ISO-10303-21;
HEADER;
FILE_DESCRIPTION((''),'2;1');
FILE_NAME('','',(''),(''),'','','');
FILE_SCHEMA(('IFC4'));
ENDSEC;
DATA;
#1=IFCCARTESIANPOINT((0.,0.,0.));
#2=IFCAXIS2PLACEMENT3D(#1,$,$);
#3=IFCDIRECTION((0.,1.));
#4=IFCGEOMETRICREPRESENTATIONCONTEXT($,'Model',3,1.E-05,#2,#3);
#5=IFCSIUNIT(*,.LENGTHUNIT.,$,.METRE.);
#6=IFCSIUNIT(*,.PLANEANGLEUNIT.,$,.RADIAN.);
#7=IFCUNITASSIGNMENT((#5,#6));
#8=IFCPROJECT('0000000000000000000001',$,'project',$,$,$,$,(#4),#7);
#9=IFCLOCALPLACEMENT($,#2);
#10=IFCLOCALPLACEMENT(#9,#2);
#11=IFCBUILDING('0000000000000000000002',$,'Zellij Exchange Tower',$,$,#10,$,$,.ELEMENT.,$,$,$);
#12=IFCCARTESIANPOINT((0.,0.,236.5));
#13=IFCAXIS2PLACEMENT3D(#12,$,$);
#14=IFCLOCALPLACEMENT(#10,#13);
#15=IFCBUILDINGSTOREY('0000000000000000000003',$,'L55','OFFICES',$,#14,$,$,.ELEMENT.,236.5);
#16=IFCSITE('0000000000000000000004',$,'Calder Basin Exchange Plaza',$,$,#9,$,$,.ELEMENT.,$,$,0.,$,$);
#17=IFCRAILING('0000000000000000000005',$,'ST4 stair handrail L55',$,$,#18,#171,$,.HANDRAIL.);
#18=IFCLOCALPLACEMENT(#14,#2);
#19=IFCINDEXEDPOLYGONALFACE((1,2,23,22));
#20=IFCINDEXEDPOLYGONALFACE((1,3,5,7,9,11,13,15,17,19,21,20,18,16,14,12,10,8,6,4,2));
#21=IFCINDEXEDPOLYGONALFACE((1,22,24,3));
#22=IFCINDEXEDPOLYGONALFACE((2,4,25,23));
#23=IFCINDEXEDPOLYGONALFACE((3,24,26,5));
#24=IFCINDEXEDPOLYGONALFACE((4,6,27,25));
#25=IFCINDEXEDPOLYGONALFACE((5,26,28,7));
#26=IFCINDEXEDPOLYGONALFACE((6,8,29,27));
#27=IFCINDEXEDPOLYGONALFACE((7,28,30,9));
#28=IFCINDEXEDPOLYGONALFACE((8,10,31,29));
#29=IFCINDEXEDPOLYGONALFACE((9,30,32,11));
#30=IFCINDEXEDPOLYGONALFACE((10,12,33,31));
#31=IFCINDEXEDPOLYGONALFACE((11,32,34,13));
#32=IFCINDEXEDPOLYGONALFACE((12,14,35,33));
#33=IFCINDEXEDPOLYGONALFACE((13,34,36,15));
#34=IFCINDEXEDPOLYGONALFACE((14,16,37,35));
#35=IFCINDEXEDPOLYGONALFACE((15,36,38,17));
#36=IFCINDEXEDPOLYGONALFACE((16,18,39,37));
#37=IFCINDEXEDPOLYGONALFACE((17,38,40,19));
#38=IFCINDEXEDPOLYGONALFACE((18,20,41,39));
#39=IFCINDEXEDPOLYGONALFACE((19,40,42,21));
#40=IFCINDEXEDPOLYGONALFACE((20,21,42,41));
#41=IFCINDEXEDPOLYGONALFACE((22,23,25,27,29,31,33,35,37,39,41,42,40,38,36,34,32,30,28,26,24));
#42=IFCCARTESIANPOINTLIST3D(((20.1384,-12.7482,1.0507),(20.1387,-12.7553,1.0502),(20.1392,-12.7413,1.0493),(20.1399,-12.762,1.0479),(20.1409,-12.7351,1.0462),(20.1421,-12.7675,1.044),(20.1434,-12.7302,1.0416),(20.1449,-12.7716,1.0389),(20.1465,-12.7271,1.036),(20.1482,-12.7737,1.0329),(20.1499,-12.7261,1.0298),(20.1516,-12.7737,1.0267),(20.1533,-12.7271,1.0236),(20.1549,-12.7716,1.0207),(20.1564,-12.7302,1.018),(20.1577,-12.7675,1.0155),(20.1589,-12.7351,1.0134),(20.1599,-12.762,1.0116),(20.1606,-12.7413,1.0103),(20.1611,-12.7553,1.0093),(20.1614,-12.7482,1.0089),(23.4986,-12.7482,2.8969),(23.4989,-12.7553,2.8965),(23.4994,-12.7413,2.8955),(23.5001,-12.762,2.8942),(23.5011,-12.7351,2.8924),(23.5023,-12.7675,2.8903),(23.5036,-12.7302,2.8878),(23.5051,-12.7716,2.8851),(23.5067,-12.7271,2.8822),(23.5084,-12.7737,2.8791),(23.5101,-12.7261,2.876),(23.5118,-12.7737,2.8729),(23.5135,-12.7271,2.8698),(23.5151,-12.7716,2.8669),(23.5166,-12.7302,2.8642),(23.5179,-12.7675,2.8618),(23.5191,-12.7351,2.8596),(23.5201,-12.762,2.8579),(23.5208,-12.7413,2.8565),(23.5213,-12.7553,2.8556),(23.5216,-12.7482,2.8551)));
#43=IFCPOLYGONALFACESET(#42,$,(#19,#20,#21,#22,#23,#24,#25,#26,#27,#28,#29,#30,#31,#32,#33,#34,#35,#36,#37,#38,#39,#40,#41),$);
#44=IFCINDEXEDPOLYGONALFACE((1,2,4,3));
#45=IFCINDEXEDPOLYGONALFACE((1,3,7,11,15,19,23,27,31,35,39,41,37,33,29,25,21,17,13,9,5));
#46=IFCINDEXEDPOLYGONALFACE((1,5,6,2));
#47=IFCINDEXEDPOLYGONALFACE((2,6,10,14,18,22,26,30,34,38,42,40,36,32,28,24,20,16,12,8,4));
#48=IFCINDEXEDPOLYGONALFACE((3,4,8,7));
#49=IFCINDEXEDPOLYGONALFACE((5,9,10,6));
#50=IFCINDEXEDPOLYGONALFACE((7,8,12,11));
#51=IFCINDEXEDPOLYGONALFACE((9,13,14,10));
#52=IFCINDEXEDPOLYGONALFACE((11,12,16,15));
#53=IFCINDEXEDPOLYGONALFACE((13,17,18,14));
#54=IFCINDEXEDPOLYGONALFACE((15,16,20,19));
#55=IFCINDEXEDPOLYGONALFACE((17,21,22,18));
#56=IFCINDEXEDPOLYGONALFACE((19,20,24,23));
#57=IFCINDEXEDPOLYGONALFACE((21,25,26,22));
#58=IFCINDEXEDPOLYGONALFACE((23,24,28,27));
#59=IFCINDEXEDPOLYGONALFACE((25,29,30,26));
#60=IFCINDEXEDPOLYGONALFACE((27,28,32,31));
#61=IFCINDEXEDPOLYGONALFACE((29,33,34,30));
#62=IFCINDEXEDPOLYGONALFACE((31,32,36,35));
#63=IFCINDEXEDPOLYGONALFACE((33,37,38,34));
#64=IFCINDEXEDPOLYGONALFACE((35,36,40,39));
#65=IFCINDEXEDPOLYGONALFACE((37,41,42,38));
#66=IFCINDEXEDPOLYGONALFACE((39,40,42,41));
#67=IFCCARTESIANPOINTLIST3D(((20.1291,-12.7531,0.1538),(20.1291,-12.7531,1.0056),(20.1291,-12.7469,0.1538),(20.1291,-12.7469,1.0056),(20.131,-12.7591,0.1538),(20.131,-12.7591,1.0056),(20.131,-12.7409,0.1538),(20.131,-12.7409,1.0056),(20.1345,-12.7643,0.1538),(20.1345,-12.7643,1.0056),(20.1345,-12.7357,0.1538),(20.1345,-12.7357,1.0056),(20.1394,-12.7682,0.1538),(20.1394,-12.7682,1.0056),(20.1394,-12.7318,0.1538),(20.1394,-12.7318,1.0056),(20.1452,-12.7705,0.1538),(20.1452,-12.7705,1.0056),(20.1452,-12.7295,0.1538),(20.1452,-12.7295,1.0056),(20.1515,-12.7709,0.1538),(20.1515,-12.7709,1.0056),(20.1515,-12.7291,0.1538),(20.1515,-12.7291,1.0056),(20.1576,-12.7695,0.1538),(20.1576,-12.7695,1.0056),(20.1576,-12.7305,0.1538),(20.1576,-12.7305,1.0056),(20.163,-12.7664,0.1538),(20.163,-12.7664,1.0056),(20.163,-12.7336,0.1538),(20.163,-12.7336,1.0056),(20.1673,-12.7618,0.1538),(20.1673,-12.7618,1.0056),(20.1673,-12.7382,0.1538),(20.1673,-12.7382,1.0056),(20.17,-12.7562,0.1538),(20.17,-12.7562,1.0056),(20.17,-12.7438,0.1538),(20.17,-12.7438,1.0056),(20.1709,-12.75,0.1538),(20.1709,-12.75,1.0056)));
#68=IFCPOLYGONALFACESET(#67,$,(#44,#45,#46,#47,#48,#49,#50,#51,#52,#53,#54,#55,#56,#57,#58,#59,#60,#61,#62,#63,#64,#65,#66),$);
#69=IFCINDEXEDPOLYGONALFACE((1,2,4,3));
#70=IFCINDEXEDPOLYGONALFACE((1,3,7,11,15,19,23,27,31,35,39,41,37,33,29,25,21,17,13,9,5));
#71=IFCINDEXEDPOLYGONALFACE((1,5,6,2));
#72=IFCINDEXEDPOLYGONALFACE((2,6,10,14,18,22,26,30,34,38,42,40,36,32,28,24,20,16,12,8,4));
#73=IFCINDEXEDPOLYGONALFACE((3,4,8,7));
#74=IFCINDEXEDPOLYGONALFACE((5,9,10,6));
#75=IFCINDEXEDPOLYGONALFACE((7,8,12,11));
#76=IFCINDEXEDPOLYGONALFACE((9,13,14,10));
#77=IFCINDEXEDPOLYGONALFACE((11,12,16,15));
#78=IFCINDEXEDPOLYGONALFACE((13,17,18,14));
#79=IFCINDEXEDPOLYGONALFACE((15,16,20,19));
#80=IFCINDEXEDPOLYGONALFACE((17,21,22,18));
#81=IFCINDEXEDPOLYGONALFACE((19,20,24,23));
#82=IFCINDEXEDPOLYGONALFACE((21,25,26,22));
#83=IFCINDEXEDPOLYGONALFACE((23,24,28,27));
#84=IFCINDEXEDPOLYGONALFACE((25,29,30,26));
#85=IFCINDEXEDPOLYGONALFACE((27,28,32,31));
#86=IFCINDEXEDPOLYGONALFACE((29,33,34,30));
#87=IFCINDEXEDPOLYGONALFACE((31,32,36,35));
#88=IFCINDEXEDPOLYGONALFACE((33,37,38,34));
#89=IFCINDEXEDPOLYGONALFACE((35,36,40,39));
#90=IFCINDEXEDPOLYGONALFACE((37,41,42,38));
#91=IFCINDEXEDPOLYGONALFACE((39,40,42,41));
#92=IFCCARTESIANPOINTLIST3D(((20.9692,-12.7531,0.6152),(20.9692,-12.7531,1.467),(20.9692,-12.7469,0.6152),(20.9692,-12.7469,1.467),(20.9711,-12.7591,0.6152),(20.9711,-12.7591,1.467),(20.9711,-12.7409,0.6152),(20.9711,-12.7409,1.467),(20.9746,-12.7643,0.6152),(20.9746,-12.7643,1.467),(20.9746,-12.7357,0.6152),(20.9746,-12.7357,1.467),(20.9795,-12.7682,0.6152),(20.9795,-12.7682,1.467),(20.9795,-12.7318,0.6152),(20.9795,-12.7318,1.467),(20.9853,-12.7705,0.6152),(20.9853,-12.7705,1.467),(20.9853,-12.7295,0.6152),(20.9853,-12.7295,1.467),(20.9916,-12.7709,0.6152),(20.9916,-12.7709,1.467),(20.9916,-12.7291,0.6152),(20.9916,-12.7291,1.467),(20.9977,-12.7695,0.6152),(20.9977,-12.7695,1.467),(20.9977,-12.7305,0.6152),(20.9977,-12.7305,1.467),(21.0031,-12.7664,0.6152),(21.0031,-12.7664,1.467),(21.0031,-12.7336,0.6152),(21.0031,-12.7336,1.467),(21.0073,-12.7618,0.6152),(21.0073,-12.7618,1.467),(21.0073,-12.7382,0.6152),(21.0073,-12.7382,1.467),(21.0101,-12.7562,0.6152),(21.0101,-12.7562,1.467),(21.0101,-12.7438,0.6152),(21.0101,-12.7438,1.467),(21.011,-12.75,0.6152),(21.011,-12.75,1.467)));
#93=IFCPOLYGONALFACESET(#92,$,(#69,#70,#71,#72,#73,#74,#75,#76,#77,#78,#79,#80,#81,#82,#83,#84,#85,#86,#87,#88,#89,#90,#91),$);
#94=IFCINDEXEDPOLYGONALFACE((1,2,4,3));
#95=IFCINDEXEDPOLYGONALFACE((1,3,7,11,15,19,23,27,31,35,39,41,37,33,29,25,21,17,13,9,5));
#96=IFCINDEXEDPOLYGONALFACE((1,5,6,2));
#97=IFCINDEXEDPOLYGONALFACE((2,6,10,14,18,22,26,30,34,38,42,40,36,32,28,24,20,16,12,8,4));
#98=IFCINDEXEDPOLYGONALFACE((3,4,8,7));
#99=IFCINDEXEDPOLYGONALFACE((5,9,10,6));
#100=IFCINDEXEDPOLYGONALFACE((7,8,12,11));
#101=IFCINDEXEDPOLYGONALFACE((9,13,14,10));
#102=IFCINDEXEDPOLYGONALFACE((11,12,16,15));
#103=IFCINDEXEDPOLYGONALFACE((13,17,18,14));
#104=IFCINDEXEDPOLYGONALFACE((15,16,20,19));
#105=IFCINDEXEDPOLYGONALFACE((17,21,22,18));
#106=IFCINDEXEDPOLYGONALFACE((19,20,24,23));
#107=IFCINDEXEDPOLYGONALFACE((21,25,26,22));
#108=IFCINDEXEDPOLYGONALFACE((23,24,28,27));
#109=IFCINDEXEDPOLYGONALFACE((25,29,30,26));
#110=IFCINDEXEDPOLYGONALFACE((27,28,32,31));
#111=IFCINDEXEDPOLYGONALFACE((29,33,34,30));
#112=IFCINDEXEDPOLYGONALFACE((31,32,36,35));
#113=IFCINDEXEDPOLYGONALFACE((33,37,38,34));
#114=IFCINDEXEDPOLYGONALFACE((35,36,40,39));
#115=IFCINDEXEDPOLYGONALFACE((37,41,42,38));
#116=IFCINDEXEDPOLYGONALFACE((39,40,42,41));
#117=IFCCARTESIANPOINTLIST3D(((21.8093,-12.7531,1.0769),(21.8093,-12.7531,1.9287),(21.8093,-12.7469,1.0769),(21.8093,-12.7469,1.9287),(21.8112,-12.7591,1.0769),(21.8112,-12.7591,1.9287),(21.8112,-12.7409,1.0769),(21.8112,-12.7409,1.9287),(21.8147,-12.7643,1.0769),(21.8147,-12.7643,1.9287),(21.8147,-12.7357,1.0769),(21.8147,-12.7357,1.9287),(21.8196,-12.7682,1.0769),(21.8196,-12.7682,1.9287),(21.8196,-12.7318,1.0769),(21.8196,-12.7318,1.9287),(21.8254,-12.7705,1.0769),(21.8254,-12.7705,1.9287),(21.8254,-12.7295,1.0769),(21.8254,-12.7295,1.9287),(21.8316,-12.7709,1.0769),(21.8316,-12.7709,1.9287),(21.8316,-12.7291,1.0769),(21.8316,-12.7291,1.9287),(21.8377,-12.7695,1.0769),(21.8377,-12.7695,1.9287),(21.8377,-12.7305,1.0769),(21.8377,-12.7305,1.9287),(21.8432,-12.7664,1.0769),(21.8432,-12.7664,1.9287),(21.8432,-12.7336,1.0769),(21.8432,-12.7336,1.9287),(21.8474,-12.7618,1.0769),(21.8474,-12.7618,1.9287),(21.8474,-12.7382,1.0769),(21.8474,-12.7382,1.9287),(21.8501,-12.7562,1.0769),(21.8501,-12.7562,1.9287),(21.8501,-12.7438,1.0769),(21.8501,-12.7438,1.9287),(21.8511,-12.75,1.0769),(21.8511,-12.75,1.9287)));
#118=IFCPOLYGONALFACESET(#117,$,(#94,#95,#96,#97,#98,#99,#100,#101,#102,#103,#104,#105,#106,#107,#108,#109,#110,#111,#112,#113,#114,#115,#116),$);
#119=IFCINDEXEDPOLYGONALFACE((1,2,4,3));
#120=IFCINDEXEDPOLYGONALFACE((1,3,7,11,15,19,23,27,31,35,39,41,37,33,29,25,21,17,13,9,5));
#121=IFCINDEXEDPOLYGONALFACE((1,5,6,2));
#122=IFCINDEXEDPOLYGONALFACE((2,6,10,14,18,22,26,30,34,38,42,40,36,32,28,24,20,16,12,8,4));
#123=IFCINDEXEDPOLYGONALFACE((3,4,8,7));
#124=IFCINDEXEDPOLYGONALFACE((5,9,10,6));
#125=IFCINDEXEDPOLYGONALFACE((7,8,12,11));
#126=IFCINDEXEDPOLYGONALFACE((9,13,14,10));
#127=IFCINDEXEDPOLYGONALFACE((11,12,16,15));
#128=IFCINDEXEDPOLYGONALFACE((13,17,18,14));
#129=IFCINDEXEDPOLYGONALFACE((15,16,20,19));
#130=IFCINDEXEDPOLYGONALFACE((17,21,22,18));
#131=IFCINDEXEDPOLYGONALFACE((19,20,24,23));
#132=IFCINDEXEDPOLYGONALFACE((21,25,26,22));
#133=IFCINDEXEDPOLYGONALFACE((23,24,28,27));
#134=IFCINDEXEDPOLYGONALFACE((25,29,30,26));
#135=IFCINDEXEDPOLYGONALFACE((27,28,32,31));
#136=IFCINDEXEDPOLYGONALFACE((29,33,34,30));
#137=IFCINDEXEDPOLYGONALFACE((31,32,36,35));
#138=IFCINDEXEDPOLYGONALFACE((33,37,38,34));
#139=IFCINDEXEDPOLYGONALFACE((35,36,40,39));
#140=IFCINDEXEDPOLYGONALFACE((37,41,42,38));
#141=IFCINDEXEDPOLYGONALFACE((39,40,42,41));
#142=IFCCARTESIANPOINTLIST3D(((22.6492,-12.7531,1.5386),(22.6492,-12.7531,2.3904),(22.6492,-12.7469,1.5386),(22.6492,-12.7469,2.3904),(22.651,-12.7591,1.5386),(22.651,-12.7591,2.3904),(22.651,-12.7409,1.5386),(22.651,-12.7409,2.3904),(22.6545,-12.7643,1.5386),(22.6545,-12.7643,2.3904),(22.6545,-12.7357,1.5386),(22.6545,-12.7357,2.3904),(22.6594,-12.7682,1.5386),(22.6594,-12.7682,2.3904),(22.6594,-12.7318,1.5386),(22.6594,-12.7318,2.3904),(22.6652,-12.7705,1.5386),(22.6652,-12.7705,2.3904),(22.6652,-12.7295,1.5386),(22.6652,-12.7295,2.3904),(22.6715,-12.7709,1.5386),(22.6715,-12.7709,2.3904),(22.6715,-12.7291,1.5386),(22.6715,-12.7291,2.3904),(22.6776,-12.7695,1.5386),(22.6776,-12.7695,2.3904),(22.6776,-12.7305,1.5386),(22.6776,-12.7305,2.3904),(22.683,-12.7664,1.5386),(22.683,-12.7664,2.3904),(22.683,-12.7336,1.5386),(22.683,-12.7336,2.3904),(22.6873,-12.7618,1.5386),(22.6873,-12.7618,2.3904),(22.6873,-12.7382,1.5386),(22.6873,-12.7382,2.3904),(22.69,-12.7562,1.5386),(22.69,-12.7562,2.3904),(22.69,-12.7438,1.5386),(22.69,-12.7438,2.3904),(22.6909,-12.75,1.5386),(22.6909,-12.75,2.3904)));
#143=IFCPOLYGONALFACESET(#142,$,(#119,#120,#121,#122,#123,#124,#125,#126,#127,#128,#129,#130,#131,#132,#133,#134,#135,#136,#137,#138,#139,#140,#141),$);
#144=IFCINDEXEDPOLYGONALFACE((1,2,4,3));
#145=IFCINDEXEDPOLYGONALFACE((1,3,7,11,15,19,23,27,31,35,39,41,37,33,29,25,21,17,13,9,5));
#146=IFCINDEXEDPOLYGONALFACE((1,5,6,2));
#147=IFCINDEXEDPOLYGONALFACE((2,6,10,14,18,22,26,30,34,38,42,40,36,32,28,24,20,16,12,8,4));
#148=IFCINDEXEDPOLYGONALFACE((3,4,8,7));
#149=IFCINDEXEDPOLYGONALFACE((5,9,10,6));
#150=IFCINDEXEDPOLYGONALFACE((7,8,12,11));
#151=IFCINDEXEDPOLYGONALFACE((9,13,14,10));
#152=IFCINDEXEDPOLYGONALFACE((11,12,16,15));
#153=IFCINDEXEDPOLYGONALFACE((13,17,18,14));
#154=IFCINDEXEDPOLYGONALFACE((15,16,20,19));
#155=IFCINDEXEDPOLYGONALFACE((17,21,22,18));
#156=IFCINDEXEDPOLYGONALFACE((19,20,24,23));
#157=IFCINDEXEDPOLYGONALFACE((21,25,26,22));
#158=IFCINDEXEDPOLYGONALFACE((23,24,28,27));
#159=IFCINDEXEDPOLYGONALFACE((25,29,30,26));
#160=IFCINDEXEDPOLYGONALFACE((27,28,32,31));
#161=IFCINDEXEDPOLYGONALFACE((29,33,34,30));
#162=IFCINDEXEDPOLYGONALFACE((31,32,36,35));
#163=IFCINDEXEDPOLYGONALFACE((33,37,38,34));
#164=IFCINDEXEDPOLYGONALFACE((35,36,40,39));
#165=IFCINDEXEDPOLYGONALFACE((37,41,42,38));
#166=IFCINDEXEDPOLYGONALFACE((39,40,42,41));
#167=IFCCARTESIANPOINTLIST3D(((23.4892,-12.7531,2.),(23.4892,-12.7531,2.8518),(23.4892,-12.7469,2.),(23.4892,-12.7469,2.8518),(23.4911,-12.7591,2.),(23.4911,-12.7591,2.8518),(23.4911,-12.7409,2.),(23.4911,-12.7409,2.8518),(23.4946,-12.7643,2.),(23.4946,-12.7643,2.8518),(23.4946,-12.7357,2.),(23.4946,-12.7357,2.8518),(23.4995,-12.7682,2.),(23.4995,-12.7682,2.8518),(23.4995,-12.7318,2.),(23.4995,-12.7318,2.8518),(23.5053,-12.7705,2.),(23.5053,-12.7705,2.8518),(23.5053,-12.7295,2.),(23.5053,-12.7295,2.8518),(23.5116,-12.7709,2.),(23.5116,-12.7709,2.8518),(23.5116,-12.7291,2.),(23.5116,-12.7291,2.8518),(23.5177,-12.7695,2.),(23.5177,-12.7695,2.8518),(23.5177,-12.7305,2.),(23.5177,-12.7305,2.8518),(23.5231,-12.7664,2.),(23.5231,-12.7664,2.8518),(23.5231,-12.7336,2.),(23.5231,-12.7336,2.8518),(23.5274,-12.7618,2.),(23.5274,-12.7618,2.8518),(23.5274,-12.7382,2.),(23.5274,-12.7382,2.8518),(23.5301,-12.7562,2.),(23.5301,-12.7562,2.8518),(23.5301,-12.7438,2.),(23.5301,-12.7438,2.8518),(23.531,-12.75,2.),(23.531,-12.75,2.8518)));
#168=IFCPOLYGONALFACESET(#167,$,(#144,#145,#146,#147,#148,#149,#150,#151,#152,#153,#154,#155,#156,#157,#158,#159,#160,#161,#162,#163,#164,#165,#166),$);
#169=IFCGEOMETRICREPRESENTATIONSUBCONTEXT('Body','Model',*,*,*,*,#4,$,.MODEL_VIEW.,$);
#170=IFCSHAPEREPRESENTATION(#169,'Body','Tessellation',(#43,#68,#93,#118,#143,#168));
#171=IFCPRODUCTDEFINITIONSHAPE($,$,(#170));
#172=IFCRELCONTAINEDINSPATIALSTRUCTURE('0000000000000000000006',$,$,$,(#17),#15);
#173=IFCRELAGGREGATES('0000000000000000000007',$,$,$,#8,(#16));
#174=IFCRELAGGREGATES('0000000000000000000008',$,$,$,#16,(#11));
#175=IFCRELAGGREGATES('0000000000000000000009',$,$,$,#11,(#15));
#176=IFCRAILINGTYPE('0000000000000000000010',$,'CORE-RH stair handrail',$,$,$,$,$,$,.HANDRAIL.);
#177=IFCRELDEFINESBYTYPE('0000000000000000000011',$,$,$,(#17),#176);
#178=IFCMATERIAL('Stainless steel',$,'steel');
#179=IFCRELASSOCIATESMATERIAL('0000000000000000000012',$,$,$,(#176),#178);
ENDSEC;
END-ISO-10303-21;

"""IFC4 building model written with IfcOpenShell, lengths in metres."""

from ifc_helpers import new_model, si_unit, direction, frame, origin, origin_2d, place, context, subcontext, project, spatial, circle, extrude, material, type_object, element, save


model = new_model("IFC4")

# Units and contexts
model_context = context("Model", 3, precision=1e-05, world=origin(), true_north=direction((0.0, 1.0)))
body_context = subcontext(model_context, "Body", "Model", "MODEL_VIEW")
ifc_project = project(units=[si_unit("LENGTHUNIT", "METRE"), si_unit("PLANEANGLEUNIT", "RADIAN")], contexts=[model_context])

# Site, building, storey
site_placement = place(None, origin())
site = spatial("IfcSite", under=ifc_project, at=site_placement, Name="Calder Basin Exchange Plaza", CompositionType="ELEMENT", RefElevation=0.0)
building_placement = place(site_placement, origin())
building = spatial("IfcBuilding", under=site, at=building_placement, Name="Zellij Exchange Tower", CompositionType="ELEMENT")
storey_placement = place(building_placement, frame((0.0, 0.0, 236.5)))
storey = spatial("IfcBuildingStorey", under=building, at=storey_placement, Name="L55", Description="OFFICES", CompositionType="ELEMENT", Elevation=236.5)

# Railing
ifc_material_1 = material(Name="Stainless steel", Category="steel")
railing_type_1 = type_object("IfcRailingType", Name="CORE-RH stair handrail", PredefinedType="HANDRAIL", material=ifc_material_1)
railing_1_placement = place(storey_placement, frame((20.1499, -12.75, 0.1538)))
element("IfcRailing", 1, at=railing_1_placement, inside=storey, type_object=railing_type_1, Name="ST4 stair handrail L55", PredefinedType="HANDRAIL", context=body_context, shape_type="SweptSolid", body=[
    extrude(circle(Radius=0.0239, at=origin_2d()), frame((0.0, 0.0, 0.876), z_axis=(0.876422, 0.0, 0.481545), x_axis=(0.0, 1.0, 0.0)), (0.0, 0.0, 1.0), 3.834),
    extrude(circle(Radius=0.021, at=origin_2d()), origin(), (0.0, 0.0, 1.0), 0.8518),
    extrude(circle(Radius=0.021, at=origin_2d()), frame((0.8401, 0.0, 0.4614)), (0.0, 0.0, 1.0), 0.8518),
    extrude(circle(Radius=0.021, at=origin_2d()), frame((1.6802, 0.0, 0.9231)), (0.0, 0.0, 1.0), 0.8518),
    extrude(circle(Radius=0.021, at=origin_2d()), frame((2.52, 0.0, 1.3848)), (0.0, 0.0, 1.0), 0.8518),
    extrude(circle(Radius=0.021, at=origin_2d()), frame((3.3601, 0.0, 1.8462)), (0.0, 0.0, 1.0), 0.8518),
])

save(model, "model.ifc")
